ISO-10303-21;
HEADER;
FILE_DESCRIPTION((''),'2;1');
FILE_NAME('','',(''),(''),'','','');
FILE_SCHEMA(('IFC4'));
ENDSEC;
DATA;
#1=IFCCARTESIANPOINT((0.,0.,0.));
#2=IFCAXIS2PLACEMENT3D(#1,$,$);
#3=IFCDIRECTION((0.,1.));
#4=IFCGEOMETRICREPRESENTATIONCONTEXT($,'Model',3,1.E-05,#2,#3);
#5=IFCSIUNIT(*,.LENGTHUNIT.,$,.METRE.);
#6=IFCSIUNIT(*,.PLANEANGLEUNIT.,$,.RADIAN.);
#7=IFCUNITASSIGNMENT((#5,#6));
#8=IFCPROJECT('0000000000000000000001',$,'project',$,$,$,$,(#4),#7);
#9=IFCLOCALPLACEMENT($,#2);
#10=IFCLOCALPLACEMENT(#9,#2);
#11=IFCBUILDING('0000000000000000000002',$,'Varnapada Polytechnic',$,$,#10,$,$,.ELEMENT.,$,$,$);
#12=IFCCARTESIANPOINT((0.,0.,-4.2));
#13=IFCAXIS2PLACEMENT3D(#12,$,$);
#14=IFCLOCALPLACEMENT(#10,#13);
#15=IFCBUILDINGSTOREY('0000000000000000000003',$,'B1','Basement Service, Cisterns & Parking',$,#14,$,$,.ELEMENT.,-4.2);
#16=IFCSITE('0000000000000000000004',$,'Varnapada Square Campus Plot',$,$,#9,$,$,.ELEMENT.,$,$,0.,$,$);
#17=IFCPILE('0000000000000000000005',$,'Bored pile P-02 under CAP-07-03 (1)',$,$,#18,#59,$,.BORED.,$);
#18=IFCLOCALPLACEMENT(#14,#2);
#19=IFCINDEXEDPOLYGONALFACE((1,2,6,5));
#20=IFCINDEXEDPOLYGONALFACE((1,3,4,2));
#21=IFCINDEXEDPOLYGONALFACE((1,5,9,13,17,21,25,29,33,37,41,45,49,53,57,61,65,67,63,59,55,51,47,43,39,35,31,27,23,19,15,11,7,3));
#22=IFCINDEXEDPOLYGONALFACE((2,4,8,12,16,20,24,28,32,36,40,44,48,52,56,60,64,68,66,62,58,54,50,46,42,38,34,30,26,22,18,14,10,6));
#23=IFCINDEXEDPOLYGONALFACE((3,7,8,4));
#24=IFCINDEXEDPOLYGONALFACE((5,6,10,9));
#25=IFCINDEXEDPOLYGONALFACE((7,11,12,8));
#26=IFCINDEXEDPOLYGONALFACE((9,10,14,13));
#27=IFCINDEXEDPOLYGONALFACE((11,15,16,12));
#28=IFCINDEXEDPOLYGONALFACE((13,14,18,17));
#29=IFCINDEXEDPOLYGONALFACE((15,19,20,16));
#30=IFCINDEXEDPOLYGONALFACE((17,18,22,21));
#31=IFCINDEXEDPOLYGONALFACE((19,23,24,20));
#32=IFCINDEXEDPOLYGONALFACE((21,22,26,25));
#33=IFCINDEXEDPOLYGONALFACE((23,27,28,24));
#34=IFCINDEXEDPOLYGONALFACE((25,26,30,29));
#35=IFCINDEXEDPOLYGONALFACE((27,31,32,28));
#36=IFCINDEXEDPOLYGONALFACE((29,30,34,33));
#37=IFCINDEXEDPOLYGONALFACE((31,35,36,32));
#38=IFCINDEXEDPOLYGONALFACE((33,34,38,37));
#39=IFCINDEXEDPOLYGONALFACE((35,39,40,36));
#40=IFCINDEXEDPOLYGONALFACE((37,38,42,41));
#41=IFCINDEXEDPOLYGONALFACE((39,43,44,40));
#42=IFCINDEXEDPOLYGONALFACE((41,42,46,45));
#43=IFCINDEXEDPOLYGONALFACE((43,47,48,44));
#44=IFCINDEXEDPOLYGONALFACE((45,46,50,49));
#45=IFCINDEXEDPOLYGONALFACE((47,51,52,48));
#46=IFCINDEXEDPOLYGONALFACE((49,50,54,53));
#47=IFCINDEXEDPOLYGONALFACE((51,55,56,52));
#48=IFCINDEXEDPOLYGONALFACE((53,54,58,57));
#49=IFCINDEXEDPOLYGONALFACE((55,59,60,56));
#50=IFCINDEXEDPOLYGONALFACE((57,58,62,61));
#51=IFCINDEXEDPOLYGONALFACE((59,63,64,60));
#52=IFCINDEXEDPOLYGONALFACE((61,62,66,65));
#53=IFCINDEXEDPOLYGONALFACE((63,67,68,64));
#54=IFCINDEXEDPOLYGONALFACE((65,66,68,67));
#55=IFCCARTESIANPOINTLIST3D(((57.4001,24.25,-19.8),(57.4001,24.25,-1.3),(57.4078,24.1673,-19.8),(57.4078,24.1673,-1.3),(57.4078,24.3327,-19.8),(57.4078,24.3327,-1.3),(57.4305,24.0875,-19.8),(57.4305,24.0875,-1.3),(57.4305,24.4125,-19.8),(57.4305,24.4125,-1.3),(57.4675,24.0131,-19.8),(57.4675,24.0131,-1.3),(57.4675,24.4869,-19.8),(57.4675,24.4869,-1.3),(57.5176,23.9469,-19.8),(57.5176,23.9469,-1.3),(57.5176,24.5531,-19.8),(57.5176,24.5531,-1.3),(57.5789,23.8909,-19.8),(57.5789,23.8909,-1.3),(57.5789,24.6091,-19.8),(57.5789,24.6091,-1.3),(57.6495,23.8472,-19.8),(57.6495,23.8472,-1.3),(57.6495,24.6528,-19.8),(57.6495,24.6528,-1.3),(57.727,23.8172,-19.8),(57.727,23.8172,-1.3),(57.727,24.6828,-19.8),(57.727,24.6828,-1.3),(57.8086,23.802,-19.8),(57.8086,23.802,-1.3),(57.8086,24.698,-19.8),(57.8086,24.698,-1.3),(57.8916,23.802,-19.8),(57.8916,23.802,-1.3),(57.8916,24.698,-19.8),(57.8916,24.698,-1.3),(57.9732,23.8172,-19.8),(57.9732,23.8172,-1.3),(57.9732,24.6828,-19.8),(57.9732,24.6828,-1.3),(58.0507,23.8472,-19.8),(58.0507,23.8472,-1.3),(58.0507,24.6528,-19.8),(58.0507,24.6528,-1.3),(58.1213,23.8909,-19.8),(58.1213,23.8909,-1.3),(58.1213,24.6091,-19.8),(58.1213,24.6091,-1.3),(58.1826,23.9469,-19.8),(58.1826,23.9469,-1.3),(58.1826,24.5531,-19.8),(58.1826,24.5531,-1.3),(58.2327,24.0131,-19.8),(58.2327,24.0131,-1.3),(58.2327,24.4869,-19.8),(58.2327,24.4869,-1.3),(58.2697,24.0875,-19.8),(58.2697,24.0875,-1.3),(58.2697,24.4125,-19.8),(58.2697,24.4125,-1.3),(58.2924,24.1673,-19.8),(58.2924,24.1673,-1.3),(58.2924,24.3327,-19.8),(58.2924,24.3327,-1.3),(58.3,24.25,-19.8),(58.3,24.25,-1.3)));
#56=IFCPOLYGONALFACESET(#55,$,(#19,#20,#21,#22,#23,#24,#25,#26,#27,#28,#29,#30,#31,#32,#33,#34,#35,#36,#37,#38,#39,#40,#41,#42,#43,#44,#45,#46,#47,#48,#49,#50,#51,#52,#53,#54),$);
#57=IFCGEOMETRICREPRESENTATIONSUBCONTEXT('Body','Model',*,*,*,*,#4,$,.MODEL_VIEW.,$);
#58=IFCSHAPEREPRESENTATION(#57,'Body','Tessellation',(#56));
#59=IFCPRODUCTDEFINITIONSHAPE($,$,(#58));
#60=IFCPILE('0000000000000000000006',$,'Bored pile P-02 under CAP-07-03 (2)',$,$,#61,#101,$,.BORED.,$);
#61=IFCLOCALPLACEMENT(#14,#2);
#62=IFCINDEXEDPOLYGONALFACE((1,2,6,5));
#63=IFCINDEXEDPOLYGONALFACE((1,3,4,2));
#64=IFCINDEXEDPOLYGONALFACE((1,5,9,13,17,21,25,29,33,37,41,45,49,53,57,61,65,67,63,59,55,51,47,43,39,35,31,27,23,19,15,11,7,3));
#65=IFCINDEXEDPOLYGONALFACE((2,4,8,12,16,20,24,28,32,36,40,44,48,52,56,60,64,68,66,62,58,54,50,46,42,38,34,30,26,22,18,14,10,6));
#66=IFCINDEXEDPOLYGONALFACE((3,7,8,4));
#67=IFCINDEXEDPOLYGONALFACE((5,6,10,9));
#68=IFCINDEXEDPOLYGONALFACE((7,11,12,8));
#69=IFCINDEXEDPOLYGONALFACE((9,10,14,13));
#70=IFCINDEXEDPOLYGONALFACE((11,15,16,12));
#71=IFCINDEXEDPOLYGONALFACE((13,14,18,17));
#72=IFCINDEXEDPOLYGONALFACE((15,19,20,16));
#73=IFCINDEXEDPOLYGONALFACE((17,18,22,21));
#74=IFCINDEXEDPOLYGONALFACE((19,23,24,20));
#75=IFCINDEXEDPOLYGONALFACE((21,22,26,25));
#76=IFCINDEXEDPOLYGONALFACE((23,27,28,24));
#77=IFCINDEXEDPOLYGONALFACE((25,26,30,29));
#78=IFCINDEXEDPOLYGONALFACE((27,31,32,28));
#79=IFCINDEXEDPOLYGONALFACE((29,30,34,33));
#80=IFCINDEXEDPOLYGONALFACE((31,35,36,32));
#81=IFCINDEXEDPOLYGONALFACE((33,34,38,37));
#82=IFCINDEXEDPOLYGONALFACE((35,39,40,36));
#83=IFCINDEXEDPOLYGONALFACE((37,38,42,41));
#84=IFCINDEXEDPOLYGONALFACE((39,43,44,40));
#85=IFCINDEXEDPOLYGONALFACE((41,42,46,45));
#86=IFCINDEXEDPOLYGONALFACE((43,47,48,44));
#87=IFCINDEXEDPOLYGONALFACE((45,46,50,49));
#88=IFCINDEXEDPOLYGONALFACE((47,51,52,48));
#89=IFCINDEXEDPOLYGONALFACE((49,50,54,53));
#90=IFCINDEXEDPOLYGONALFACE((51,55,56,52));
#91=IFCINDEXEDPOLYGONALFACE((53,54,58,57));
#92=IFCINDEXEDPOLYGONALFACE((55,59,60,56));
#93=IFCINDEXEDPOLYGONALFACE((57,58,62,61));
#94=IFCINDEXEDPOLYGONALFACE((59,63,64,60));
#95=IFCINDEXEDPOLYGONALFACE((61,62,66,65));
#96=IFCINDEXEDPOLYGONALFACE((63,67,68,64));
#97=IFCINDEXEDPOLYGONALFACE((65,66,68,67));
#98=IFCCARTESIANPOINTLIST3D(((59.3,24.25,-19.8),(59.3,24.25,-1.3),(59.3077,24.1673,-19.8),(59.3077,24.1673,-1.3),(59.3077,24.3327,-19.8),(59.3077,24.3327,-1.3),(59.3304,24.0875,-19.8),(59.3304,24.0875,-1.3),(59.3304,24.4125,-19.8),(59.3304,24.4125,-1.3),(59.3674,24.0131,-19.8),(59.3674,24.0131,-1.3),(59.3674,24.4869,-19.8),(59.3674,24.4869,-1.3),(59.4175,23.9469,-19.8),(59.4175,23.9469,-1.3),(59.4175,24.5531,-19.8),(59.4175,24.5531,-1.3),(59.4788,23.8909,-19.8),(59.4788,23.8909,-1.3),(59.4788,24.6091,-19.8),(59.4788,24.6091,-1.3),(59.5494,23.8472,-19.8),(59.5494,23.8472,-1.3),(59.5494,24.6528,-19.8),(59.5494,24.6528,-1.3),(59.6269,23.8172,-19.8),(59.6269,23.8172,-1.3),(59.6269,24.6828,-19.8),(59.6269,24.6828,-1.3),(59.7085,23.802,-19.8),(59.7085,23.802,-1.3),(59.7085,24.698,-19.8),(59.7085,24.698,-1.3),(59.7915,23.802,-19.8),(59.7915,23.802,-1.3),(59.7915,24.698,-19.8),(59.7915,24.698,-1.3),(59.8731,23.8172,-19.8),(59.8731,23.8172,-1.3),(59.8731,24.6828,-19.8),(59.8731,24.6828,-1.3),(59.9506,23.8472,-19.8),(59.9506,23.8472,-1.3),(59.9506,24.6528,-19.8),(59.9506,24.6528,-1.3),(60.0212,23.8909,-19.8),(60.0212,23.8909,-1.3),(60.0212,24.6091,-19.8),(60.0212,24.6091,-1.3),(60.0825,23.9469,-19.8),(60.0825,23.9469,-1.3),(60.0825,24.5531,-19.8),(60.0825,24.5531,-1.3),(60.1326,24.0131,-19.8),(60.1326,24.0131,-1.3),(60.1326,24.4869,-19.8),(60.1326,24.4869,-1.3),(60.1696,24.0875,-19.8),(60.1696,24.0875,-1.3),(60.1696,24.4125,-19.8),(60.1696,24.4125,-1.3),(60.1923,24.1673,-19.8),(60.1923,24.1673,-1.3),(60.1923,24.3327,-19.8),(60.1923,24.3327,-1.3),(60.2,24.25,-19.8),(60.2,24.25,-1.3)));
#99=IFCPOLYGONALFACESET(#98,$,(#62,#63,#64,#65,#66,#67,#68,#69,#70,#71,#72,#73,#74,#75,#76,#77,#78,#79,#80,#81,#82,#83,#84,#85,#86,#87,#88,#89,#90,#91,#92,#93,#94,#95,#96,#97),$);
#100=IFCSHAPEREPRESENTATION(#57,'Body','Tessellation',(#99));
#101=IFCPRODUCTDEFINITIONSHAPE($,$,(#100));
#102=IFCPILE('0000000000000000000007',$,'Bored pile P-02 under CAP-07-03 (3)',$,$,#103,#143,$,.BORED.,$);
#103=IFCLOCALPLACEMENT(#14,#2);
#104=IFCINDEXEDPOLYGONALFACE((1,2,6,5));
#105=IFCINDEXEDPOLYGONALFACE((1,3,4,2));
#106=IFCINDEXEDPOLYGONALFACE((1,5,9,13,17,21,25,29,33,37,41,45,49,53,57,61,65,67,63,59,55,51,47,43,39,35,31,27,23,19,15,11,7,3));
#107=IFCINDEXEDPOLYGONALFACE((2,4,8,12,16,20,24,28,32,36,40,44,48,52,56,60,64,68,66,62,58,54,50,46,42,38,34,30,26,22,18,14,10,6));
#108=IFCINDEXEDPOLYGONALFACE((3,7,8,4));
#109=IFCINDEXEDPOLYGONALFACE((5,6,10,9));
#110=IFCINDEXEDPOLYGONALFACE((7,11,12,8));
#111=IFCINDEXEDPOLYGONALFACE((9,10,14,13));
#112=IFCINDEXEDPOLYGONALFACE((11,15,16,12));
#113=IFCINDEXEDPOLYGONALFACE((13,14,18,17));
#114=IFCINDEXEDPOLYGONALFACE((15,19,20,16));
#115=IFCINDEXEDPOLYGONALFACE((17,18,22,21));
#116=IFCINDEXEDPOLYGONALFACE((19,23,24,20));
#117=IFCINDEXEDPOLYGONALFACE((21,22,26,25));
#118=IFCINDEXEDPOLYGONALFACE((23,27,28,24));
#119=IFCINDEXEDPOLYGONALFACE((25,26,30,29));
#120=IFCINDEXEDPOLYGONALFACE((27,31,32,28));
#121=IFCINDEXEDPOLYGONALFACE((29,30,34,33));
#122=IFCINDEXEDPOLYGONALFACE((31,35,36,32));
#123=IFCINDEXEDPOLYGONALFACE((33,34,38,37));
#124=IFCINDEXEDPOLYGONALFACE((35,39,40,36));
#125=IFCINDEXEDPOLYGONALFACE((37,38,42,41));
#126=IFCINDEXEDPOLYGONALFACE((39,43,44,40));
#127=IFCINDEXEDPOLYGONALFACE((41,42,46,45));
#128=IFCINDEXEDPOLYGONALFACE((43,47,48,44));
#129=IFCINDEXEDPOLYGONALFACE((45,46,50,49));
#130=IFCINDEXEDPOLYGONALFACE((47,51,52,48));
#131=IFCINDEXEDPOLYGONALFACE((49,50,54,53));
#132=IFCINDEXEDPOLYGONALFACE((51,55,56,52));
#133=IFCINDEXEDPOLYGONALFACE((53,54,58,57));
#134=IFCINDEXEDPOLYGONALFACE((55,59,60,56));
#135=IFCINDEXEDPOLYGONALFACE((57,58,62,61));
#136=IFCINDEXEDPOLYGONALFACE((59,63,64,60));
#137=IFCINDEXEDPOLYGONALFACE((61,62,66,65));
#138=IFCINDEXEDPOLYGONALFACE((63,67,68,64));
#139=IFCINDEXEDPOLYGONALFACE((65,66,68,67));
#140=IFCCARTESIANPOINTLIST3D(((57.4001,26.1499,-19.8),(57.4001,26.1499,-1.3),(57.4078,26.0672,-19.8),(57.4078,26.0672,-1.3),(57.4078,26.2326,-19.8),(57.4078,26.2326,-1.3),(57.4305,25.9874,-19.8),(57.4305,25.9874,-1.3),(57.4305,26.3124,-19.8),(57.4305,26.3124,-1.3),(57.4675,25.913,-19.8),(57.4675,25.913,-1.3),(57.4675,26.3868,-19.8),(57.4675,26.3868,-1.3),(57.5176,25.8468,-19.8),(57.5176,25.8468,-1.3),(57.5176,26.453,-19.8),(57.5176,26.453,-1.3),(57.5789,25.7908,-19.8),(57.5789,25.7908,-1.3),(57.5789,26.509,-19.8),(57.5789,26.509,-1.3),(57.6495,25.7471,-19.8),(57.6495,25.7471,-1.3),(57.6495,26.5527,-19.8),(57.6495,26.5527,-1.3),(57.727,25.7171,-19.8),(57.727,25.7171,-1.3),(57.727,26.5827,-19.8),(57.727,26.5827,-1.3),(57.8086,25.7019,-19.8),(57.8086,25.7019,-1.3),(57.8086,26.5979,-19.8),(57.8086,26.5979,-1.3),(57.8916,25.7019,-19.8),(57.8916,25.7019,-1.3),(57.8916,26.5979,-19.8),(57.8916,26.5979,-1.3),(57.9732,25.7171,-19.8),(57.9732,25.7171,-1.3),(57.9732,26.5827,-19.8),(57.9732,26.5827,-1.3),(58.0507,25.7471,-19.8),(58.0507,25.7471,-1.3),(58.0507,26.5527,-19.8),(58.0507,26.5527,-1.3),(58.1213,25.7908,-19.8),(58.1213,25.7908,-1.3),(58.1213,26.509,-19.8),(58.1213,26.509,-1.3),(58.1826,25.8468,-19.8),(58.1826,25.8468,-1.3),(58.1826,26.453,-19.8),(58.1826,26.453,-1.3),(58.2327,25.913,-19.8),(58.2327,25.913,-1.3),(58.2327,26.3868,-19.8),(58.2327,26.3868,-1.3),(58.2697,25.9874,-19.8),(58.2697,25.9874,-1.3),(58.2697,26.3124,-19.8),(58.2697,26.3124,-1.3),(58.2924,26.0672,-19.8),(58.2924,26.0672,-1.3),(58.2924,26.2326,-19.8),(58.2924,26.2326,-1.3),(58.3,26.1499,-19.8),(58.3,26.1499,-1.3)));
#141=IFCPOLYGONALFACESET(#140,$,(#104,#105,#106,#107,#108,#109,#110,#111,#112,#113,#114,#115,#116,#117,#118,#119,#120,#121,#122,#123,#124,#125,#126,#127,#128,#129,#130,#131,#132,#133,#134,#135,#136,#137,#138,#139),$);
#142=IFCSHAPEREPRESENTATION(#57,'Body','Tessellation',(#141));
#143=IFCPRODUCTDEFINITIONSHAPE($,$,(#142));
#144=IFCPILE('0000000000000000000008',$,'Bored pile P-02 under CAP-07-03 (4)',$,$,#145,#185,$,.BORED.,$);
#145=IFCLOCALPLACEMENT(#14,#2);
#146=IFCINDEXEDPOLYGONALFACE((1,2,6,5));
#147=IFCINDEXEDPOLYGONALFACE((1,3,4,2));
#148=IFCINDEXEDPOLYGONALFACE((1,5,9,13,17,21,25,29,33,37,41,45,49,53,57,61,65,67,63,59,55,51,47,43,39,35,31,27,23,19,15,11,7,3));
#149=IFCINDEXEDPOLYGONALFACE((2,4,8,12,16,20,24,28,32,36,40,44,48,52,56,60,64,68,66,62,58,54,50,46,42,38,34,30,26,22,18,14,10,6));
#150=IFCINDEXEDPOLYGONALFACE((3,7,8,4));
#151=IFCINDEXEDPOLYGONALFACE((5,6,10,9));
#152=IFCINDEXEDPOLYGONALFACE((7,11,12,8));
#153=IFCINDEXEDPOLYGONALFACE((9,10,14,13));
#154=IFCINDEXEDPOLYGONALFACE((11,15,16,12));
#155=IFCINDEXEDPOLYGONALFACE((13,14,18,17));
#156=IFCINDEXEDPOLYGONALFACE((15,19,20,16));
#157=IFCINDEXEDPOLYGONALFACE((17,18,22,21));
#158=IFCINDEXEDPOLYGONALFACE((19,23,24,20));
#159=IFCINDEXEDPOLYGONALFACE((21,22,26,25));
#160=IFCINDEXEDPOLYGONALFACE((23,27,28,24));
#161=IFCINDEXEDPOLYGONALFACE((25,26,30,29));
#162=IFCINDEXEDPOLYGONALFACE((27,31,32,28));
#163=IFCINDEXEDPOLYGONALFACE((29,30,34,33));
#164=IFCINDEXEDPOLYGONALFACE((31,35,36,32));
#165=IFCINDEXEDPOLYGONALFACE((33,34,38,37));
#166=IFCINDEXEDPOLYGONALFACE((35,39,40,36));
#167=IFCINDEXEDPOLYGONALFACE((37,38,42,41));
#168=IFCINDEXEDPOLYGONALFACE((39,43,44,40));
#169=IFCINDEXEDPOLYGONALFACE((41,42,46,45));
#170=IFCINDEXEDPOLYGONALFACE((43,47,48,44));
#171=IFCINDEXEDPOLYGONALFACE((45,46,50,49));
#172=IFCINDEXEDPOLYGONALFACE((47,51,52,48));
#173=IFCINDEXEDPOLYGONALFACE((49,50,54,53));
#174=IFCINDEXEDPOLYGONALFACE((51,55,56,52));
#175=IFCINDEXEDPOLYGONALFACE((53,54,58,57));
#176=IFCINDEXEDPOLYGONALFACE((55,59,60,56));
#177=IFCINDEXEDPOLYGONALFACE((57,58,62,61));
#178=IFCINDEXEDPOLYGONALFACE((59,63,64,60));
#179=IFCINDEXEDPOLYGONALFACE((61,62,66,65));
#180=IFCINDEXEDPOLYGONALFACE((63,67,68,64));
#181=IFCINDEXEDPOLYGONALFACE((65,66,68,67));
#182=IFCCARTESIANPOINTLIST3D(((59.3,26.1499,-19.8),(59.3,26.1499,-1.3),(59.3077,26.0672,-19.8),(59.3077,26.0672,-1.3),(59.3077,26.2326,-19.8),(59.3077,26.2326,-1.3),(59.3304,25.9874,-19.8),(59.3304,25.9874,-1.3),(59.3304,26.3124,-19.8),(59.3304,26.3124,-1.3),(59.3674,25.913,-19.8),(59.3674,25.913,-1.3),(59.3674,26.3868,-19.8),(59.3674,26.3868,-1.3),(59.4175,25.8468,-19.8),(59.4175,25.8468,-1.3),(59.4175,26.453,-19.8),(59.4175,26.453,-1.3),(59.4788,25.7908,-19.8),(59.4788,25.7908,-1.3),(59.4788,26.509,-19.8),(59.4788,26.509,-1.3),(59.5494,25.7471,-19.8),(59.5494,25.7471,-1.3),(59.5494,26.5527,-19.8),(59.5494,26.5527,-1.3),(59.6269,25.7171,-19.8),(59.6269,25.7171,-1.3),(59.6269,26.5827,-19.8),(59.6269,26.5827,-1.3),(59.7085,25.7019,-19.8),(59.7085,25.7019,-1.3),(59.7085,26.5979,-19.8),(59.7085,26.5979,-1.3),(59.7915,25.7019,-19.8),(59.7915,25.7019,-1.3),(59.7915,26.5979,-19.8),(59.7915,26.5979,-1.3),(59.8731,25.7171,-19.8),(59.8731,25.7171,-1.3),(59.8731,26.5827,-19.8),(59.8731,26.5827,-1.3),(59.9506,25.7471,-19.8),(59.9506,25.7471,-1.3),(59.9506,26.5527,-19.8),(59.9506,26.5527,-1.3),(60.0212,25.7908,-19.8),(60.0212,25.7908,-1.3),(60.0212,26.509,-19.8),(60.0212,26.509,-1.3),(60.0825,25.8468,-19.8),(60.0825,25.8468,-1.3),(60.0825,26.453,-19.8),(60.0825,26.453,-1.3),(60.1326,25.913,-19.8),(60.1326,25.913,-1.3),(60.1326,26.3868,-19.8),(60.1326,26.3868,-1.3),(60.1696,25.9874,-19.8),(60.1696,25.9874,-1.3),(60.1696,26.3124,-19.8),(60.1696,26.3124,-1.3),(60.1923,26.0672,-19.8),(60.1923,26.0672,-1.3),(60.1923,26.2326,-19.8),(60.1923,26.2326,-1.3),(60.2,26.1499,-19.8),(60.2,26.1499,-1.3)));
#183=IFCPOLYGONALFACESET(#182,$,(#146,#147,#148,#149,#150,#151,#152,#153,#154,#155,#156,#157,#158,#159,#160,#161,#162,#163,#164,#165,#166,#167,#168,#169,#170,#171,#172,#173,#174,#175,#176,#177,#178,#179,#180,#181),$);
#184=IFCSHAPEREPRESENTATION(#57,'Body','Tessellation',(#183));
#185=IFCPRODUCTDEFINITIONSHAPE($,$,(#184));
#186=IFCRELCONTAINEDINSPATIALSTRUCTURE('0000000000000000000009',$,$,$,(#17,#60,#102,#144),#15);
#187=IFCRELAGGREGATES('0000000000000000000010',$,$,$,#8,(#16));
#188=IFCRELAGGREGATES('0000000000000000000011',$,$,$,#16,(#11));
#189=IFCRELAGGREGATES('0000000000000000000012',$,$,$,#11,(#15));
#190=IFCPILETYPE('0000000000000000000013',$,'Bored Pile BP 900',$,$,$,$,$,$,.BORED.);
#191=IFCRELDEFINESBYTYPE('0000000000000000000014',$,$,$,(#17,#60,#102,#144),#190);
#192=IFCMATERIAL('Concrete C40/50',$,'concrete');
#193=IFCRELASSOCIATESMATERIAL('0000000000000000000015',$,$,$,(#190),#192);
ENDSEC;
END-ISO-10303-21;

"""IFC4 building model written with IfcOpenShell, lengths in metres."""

from ifc_helpers import new_model, si_unit, direction, frame, origin, origin_2d, place, context, subcontext, project, spatial, circle, extrude, material, material_profile, profile_set, type_object, element, save


model = new_model("IFC4")

# Units and contexts
model_context = context("Model", 3, precision=1e-05, world=origin(), true_north=direction((0.0, 1.0)))
body_context = subcontext(model_context, "Body", "Model", "MODEL_VIEW")
ifc_project = project(units=[si_unit("LENGTHUNIT", "METRE"), si_unit("PLANEANGLEUNIT", "RADIAN")], contexts=[model_context])

# Site, building, storey
site_placement = place(None, origin())
site = spatial("IfcSite", under=ifc_project, at=site_placement, Name="Varnapada Square Campus Plot", CompositionType="ELEMENT", RefElevation=0.0)
building_placement = place(site_placement, origin())
building = spatial("IfcBuilding", under=site, at=building_placement, Name="Varnapada Polytechnic", CompositionType="ELEMENT")
storey_placement = place(building_placement, frame((0.0, 0.0, -4.2)))
storey = spatial("IfcBuildingStorey", under=building, at=storey_placement, Name="B1", Description="Basement Service, Cisterns & Parking", CompositionType="ELEMENT", Elevation=-4.2)

# Piles
ifc_material_1 = material(Name="Concrete C40/50", Category="concrete")
ifc_material_profile_1 = material_profile(ifc_material_1, circle(Radius=0.45, at=origin_2d()), Name="BP 900")
ifc_profile_set_1 = profile_set([ifc_material_profile_1], Name="Concrete C40/50")
pile_type_1 = type_object("IfcPileType", Name="Bored Pile BP 900", PredefinedType="BORED", material=ifc_profile_set_1)
for number, where, z_axis, x_axis, name in (
    (1, (57.8501, 24.25, -1.3), (0.0, 0.0, -1.0), (1.0, 0.0, 0.0), "Bored pile P-02 under CAP-07-03 (1)"),
    (2, (59.75, 24.25, -1.3), (0.0, 0.0, -1.0), (1.0, 0.0, 0.0), "Bored pile P-02 under CAP-07-03 (2)"),
    (3, (57.8501, 26.1499, -1.3), (0.0, 0.0, -1.0), (1.0, 0.0, 0.0), "Bored pile P-02 under CAP-07-03 (3)"),
    (4, (59.75, 26.1499, -1.3), (0.0, 0.0, -1.0), (1.0, 0.0, 0.0), "Bored pile P-02 under CAP-07-03 (4)"),
):
    element("IfcPile", number, at=place(storey_placement, frame(where, z_axis=z_axis, x_axis=x_axis)), inside=storey, type_object=pile_type_1, Name=name, PredefinedType="BORED", context=body_context, shape_type="SweptSolid", body=[
        extrude(circle(Radius=0.45, at=origin_2d()), origin(), (0.0, 0.0, 1.0), 18.5),
    ])

save(model, "model.ifc")
